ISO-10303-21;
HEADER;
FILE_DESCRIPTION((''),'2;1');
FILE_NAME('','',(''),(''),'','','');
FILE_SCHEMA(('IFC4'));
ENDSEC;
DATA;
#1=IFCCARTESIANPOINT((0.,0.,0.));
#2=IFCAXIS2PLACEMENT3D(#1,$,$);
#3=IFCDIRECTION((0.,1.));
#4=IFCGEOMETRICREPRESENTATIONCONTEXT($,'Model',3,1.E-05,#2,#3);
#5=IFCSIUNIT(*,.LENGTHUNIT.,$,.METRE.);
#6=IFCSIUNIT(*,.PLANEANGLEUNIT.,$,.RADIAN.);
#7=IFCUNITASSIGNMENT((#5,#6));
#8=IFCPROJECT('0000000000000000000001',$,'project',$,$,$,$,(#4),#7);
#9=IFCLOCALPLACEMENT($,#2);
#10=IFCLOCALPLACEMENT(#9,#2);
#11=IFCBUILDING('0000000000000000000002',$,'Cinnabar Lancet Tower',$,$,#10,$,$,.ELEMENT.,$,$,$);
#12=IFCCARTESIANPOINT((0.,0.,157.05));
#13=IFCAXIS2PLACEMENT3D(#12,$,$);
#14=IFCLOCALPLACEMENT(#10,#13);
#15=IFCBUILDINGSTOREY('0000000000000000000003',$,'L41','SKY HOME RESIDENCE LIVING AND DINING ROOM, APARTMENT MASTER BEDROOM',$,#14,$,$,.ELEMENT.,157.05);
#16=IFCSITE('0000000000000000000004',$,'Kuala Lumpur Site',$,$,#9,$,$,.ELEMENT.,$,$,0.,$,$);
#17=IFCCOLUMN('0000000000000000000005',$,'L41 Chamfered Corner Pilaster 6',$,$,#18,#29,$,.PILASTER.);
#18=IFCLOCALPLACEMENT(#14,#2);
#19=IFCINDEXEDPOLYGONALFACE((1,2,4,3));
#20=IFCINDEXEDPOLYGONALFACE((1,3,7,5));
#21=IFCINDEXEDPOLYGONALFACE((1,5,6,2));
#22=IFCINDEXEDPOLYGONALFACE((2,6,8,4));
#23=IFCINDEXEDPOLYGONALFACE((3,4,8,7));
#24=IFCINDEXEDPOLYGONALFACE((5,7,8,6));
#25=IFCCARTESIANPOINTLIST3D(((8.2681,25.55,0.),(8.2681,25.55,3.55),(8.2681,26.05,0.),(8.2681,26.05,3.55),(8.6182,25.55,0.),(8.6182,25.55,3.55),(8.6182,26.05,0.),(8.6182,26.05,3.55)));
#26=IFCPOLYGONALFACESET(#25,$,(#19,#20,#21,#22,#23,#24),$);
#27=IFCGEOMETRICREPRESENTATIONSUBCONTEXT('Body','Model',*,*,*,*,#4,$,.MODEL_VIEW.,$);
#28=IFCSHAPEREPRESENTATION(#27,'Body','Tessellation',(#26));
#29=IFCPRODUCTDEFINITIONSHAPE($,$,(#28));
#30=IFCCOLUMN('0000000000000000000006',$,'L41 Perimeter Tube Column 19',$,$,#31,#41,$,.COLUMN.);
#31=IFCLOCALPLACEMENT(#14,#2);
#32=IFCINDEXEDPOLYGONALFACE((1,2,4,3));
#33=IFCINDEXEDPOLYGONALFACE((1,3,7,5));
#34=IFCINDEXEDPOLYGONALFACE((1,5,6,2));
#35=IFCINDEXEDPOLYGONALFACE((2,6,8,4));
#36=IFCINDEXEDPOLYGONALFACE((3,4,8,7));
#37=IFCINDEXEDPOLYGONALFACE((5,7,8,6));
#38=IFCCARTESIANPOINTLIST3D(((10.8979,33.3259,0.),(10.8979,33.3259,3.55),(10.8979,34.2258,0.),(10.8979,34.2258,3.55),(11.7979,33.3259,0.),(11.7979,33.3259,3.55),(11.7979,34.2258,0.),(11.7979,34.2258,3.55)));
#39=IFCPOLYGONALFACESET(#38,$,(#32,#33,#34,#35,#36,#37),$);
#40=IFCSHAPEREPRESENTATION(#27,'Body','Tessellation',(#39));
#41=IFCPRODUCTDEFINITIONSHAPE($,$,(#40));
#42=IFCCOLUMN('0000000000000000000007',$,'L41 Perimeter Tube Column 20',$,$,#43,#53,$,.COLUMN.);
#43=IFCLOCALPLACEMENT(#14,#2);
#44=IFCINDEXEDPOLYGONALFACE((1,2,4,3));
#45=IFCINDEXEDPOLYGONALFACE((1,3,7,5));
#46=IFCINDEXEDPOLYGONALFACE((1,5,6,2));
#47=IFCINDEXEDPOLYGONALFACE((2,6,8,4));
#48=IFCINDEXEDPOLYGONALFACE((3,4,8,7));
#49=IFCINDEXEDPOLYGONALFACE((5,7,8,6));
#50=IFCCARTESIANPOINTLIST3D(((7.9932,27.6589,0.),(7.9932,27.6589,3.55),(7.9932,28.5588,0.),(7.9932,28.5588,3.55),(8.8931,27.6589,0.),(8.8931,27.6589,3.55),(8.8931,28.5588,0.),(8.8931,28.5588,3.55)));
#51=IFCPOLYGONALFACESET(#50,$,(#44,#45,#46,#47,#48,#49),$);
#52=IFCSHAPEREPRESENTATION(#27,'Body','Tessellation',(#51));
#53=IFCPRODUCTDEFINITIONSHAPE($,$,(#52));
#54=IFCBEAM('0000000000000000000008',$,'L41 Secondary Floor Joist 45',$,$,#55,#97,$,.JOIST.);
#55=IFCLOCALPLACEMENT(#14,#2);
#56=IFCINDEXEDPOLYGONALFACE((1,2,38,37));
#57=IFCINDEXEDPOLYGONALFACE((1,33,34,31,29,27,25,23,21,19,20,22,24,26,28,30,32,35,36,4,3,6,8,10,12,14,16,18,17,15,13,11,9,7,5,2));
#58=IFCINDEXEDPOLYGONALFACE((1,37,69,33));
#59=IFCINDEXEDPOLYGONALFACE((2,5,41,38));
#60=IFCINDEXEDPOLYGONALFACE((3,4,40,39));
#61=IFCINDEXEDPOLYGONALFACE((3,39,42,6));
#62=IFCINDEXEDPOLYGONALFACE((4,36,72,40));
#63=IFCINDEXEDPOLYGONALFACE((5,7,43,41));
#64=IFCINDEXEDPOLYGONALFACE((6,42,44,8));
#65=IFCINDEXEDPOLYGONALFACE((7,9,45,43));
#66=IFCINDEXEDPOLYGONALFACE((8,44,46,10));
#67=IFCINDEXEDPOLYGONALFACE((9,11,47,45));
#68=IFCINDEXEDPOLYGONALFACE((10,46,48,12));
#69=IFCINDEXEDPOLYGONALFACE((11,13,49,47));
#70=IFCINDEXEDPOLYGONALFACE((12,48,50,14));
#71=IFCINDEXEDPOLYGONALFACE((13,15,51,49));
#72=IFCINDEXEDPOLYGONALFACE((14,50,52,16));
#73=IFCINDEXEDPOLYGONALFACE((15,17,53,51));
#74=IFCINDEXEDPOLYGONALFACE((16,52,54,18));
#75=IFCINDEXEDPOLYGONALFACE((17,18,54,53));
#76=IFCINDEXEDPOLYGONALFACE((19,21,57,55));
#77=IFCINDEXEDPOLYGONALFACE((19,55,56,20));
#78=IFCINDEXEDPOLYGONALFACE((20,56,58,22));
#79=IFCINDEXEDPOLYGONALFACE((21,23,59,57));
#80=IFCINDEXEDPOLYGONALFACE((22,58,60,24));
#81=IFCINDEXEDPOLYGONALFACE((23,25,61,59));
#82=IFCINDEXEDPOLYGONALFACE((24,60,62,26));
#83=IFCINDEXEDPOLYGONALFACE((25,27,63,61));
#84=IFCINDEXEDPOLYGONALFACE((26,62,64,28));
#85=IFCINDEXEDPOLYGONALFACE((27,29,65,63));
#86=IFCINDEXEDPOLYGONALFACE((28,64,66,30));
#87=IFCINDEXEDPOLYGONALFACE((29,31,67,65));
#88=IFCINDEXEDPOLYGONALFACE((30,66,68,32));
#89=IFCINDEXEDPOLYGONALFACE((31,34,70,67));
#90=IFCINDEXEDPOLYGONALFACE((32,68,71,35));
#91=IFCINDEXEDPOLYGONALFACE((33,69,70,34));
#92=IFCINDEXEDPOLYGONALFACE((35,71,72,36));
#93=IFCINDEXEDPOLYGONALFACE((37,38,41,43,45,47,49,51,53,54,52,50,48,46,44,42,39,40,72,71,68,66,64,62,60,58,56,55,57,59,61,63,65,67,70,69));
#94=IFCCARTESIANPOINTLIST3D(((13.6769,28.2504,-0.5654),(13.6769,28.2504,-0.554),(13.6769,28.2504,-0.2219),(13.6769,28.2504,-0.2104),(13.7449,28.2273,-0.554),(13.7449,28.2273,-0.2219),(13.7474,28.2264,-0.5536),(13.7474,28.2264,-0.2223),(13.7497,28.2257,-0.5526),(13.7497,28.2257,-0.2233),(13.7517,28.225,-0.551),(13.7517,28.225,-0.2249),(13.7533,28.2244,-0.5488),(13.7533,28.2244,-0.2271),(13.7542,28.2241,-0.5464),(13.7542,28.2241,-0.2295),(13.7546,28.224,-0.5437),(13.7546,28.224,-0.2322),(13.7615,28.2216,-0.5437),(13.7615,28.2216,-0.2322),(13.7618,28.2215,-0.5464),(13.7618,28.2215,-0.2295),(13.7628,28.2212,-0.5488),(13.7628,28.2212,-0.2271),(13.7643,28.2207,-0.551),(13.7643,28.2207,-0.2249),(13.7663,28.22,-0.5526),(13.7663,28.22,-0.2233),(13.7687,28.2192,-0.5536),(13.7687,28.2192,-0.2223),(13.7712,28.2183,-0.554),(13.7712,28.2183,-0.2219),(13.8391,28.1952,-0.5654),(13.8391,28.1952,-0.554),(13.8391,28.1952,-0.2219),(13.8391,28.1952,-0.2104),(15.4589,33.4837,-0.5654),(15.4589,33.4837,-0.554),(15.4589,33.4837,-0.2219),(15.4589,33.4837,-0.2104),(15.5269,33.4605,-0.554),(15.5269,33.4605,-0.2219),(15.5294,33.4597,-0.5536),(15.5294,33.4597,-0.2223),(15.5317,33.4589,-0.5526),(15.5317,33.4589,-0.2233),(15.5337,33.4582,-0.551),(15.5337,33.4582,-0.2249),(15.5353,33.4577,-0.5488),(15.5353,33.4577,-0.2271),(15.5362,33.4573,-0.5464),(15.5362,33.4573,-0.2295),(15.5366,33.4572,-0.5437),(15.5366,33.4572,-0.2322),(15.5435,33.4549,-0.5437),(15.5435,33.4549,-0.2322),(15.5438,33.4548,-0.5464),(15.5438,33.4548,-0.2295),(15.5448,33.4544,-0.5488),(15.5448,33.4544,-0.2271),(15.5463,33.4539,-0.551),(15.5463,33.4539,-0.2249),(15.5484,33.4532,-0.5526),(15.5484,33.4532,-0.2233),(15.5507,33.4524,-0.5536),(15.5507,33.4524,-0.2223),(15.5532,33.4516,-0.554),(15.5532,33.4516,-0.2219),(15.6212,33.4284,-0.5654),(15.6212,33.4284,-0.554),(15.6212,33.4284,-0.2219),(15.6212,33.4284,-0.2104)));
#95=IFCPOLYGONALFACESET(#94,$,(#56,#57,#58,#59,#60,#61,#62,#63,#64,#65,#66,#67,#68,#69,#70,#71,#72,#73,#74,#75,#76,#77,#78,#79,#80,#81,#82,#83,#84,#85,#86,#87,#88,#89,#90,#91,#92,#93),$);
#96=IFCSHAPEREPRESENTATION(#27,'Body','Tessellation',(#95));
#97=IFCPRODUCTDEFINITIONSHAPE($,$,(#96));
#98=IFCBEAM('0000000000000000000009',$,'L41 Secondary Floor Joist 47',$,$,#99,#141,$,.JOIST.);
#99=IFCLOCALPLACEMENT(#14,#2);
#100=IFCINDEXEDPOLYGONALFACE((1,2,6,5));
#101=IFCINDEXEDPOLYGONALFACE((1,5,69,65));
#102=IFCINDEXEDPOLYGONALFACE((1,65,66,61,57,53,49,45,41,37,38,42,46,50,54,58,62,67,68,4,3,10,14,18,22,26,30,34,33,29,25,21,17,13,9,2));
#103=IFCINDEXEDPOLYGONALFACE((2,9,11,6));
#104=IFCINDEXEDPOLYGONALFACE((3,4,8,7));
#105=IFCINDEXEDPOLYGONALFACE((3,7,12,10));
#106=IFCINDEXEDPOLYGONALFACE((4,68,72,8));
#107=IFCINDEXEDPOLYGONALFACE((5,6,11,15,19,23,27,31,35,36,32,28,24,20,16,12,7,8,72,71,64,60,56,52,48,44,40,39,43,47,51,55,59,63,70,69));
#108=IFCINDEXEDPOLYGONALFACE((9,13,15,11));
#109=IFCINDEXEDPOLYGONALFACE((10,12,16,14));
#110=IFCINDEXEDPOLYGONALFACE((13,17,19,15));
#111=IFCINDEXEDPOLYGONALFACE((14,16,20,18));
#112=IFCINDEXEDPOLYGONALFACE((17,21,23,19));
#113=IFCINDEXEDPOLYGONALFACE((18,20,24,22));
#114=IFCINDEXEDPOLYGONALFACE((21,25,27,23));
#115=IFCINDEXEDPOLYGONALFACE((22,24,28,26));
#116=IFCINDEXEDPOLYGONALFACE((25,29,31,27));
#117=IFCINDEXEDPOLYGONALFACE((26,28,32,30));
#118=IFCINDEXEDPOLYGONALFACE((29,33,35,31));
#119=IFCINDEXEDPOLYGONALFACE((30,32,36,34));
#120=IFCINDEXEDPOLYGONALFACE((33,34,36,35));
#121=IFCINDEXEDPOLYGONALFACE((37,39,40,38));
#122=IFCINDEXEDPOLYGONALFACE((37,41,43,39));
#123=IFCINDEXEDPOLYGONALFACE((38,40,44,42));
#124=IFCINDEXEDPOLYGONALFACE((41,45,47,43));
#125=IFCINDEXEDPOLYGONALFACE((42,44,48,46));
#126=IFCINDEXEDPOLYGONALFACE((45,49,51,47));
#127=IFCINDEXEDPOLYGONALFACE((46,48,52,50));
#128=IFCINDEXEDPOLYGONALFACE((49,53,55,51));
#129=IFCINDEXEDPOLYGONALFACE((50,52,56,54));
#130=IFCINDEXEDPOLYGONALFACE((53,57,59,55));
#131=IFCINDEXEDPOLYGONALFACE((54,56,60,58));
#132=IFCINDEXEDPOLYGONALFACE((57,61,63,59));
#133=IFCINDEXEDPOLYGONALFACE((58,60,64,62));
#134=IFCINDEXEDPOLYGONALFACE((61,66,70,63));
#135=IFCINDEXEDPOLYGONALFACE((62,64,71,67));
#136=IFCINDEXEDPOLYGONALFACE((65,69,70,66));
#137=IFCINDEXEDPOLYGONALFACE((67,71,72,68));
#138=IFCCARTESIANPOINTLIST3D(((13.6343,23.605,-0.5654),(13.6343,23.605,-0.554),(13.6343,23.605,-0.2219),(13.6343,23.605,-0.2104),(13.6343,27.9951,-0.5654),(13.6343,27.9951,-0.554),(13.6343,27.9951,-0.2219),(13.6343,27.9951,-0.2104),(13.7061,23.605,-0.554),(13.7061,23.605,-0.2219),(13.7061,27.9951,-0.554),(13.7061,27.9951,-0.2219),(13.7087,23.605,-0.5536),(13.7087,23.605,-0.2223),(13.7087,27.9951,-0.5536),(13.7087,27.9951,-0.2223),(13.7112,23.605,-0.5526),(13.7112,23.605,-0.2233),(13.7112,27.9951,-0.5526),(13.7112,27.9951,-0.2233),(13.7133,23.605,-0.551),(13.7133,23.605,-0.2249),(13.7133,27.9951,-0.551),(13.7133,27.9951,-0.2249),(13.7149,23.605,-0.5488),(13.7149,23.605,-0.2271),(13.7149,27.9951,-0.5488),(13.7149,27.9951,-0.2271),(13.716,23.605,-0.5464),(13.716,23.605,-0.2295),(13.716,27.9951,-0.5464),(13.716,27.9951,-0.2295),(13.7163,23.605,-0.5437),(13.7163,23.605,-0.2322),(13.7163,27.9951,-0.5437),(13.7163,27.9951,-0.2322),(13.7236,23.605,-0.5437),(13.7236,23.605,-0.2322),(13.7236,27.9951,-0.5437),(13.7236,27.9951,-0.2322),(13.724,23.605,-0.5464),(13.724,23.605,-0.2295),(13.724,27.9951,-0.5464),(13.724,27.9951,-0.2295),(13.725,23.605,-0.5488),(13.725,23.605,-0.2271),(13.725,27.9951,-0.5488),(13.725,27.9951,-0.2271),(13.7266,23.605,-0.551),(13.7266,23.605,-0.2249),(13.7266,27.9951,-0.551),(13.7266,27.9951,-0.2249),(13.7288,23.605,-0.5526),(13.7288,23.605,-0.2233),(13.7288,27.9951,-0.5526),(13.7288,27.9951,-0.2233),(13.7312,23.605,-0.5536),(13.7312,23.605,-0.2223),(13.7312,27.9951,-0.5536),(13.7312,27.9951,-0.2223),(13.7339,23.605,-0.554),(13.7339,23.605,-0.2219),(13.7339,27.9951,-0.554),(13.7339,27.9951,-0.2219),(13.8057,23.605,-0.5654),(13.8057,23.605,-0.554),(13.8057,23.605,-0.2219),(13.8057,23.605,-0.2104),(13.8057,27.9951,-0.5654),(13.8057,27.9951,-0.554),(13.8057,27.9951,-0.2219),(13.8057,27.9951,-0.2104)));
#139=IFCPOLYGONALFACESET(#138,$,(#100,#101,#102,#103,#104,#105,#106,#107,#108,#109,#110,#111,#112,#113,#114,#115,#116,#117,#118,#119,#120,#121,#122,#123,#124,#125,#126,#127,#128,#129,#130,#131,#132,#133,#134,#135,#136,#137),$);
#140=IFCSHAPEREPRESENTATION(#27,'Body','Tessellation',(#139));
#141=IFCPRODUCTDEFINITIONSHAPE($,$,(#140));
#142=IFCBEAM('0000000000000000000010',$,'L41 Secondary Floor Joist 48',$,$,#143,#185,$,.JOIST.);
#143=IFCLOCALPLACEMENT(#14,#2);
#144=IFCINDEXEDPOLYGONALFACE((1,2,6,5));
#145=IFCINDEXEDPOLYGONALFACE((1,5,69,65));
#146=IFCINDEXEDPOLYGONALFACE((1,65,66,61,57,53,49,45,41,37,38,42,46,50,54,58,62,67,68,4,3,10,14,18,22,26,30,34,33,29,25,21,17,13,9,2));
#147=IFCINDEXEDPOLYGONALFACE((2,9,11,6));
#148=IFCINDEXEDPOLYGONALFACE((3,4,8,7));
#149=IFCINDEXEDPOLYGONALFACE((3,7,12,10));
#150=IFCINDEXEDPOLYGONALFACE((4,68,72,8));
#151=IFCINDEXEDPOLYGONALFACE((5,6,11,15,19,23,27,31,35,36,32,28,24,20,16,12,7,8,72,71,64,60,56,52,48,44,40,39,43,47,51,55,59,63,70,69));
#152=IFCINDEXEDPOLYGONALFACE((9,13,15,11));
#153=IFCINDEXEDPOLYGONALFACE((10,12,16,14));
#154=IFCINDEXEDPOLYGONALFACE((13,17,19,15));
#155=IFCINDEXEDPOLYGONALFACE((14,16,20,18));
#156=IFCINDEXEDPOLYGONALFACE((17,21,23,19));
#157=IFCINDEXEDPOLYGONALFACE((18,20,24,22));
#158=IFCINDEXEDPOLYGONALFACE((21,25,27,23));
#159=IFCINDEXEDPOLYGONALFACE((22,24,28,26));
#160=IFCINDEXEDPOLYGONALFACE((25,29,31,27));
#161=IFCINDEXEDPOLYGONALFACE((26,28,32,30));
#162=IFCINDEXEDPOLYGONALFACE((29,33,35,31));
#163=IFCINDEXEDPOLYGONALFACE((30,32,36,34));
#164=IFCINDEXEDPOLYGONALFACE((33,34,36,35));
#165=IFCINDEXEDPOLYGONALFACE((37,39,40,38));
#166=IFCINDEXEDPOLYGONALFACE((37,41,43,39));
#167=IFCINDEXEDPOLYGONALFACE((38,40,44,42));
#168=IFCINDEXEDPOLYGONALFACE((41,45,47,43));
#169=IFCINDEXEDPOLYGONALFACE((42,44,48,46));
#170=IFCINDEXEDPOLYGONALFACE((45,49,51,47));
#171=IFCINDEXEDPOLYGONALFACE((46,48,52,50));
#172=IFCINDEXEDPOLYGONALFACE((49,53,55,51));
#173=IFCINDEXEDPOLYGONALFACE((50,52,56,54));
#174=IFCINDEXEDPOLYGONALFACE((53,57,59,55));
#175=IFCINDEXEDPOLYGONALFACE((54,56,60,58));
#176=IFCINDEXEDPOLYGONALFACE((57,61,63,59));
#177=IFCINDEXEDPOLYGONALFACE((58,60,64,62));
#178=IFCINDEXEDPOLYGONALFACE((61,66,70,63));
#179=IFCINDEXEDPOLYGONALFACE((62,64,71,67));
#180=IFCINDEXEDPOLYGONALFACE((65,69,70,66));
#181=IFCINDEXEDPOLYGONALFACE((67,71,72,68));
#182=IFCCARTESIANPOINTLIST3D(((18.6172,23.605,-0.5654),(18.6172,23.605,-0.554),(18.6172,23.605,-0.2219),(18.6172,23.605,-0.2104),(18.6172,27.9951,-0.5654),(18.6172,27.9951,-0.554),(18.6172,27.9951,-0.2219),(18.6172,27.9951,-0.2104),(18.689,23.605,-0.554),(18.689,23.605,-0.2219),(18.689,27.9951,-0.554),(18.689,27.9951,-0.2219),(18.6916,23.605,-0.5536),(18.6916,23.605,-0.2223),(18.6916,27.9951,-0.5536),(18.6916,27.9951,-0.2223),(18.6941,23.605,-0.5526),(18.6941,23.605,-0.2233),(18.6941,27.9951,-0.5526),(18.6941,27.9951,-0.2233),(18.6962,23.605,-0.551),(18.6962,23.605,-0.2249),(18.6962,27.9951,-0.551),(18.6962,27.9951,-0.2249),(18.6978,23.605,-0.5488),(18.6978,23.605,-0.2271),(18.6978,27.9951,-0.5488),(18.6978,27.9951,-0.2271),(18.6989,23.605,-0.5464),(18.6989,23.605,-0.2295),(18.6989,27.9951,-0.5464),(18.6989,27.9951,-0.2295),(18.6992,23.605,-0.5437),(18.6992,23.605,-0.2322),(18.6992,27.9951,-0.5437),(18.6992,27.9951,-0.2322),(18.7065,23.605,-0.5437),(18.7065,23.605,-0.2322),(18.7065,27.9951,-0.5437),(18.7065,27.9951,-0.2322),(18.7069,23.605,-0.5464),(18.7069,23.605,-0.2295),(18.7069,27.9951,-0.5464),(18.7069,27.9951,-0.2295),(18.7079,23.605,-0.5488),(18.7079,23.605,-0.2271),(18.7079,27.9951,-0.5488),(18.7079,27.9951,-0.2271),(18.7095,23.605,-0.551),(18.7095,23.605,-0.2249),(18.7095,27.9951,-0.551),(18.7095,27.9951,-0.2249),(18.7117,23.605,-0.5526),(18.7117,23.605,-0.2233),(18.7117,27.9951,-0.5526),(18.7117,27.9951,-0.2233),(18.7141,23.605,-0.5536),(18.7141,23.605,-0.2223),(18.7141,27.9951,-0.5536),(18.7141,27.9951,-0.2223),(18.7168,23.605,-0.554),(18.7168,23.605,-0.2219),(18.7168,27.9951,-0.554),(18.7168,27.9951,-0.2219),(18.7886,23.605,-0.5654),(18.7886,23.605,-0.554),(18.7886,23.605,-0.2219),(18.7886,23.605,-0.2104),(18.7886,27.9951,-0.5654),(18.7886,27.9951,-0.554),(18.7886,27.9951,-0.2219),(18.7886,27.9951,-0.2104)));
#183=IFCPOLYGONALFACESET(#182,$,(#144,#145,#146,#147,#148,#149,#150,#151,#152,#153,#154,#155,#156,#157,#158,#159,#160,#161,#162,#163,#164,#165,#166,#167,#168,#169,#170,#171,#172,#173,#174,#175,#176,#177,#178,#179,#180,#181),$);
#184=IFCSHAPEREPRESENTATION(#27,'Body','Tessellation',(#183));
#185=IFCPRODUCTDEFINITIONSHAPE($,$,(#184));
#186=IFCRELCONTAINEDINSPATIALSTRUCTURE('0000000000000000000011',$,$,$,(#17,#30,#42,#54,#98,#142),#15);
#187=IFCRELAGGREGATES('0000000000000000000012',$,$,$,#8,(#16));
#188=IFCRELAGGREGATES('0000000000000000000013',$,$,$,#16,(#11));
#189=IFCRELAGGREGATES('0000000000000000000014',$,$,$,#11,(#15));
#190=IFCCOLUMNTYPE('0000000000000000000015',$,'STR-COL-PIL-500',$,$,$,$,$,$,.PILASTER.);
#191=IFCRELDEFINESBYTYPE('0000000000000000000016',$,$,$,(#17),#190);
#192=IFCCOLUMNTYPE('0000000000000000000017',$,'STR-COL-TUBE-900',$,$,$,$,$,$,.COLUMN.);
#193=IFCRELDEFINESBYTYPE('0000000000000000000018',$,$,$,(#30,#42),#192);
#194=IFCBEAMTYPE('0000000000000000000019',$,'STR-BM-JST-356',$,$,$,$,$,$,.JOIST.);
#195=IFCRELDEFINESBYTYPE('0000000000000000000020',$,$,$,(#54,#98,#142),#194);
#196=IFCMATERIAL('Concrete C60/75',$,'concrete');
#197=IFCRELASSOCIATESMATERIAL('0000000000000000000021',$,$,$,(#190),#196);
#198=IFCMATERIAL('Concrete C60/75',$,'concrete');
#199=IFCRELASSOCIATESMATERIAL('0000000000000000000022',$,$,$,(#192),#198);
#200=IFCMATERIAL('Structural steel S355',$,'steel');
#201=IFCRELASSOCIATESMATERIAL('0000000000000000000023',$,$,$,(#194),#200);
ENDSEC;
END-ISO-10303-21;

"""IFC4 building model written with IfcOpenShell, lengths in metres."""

from ifc_helpers import new_model, si_unit, direction, frame, origin, origin_2d, place, context, subcontext, project, spatial, rectangle, i_section, extrude, material, material_profile, profile_set, type_object, element, save


model = new_model("IFC4")

# Units and contexts
model_context = context("Model", 3, precision=1e-05, world=origin(), true_north=direction((0.0, 1.0)))
body_context = subcontext(model_context, "Body", "Model", "MODEL_VIEW")
ifc_project = project(units=[si_unit("LENGTHUNIT", "METRE"), si_unit("PLANEANGLEUNIT", "RADIAN")], contexts=[model_context])

# Site, building, storey
site_placement = place(None, origin())
site = spatial("IfcSite", under=ifc_project, at=site_placement, Name="Kuala Lumpur Site", CompositionType="ELEMENT", RefElevation=0.0)
building_placement = place(site_placement, origin())
building = spatial("IfcBuilding", under=site, at=building_placement, Name="Cinnabar Lancet Tower", CompositionType="ELEMENT")
storey_placement = place(building_placement, frame((0.0, 0.0, 157.05)))
storey = spatial("IfcBuildingStorey", under=building, at=storey_placement, Name="L41", Description="SKY HOME RESIDENCE LIVING AND DINING ROOM, APARTMENT MASTER BEDROOM", CompositionType="ELEMENT", Elevation=157.05)

# Columns
ifc_material_1 = material(Name="Concrete C60/75", Category="concrete")
ifc_material_profile_1 = material_profile(ifc_material_1, rectangle(XDim=0.5, YDim=0.3501, at=origin_2d()), Name="RC-PIL 500x350")
ifc_profile_set_1 = profile_set([ifc_material_profile_1], Name="Concrete C60/75")
column_type_1 = type_object("IfcColumnType", Name="STR-COL-PIL-500", PredefinedType="PILASTER", material=ifc_profile_set_1)
column_placement = place(storey_placement, frame((8.4431, 25.8, 0.0), z_axis=(0.0, 0.0, 1.0), x_axis=(0.0, -1.0, 0.0)))
element("IfcColumn", 1, at=column_placement, inside=storey, type_object=column_type_1, Name="L41 Chamfered Corner Pilaster 6", PredefinedType="PILASTER", context=body_context, shape_type="SweptSolid", body=[
    extrude(rectangle(XDim=0.5, YDim=0.3501, at=origin_2d()), origin(), (0.0, 0.0, 1.0), 3.55),
])
ifc_material_2 = material(Name="Concrete C60/75", Category="concrete")
ifc_material_profile_2 = material_profile(ifc_material_2, rectangle(XDim=0.8999, YDim=0.8999, at=origin_2d()), Name="RC-COL 900x900")
ifc_profile_set_2 = profile_set([ifc_material_profile_2], Name="Concrete C60/75")
column_type_2 = type_object("IfcColumnType", Name="STR-COL-TUBE-900", PredefinedType="COLUMN", material=ifc_profile_set_2)
for number, where, z_axis, x_axis, name in (
    (2, (11.3479, 33.7759, 0.0), (0.0, 0.0, 1.0), (1.0, 0.0, 0.0), "L41 Perimeter Tube Column 19"),
    (3, (8.4431, 28.1089, 0.0), (0.0, 0.0, 1.0), (1.0, 0.0, 0.0), "L41 Perimeter Tube Column 20"),
):
    element("IfcColumn", number, at=place(storey_placement, frame(where, z_axis=z_axis, x_axis=x_axis)), inside=storey, type_object=column_type_2, Name=name, PredefinedType="COLUMN", context=body_context, shape_type="SweptSolid", body=[
        extrude(rectangle(XDim=0.8999, YDim=0.8999, at=origin_2d()), origin(), (0.0, 0.0, 1.0), 3.55),
    ])

# Beams
ifc_material_3 = material(Name="Structural steel S355", Category="steel")
ifc_material_profile_3 = material_profile(ifc_material_3, i_section(OverallWidth=0.1714, OverallDepth=0.355, WebThickness=0.0073, FlangeThickness=0.0115, FilletRadius=0.0103, at=origin_2d()), Name="UKB 356x171x51")
ifc_profile_set_3 = profile_set([ifc_material_profile_3], Name="Structural steel S355")
beam_type_1 = type_object("IfcBeamType", Name="STR-BM-JST-356", PredefinedType="JOIST", material=ifc_profile_set_3)
beam_1_placement = place(storey_placement, frame((15.54, 33.4561, -0.3879), z_axis=(-0.322342, -0.946623, 0.0), x_axis=(0.946623, -0.322342, 0.0)))
element("IfcBeam", 4, at=beam_1_placement, inside=storey, type_object=beam_type_1, Name="L41 Secondary Floor Joist 45", PredefinedType="JOIST", context=body_context, shape_type="SweptSolid", body=[
    extrude(i_section(OverallWidth=0.1714, OverallDepth=0.355, WebThickness=0.0073, FlangeThickness=0.0115, FilletRadius=0.0103, at=origin_2d()), origin(), (0.0, 0.0, 1.0), 5.5283),
])
for number, where, z_axis, x_axis, name in (
    (5, (13.72, 27.9951, -0.3879), (0.0, -1.0, 0.0), (1.0, 0.0, 0.0), "L41 Secondary Floor Joist 47"),
    (6, (18.7029, 27.9951, -0.3879), (0.0, -1.0, 0.0), (1.0, 0.0, 0.0), "L41 Secondary Floor Joist 48"),
):
    element("IfcBeam", number, at=place(storey_placement, frame(where, z_axis=z_axis, x_axis=x_axis)), inside=storey, type_object=beam_type_1, Name=name, PredefinedType="JOIST", context=body_context, shape_type="SweptSolid", body=[
        extrude(i_section(OverallWidth=0.1714, OverallDepth=0.355, WebThickness=0.0073, FlangeThickness=0.0115, FilletRadius=0.0103, at=origin_2d()), origin(), (0.0, 0.0, 1.0), 4.3901),
    ])

save(model, "model.ifc")
